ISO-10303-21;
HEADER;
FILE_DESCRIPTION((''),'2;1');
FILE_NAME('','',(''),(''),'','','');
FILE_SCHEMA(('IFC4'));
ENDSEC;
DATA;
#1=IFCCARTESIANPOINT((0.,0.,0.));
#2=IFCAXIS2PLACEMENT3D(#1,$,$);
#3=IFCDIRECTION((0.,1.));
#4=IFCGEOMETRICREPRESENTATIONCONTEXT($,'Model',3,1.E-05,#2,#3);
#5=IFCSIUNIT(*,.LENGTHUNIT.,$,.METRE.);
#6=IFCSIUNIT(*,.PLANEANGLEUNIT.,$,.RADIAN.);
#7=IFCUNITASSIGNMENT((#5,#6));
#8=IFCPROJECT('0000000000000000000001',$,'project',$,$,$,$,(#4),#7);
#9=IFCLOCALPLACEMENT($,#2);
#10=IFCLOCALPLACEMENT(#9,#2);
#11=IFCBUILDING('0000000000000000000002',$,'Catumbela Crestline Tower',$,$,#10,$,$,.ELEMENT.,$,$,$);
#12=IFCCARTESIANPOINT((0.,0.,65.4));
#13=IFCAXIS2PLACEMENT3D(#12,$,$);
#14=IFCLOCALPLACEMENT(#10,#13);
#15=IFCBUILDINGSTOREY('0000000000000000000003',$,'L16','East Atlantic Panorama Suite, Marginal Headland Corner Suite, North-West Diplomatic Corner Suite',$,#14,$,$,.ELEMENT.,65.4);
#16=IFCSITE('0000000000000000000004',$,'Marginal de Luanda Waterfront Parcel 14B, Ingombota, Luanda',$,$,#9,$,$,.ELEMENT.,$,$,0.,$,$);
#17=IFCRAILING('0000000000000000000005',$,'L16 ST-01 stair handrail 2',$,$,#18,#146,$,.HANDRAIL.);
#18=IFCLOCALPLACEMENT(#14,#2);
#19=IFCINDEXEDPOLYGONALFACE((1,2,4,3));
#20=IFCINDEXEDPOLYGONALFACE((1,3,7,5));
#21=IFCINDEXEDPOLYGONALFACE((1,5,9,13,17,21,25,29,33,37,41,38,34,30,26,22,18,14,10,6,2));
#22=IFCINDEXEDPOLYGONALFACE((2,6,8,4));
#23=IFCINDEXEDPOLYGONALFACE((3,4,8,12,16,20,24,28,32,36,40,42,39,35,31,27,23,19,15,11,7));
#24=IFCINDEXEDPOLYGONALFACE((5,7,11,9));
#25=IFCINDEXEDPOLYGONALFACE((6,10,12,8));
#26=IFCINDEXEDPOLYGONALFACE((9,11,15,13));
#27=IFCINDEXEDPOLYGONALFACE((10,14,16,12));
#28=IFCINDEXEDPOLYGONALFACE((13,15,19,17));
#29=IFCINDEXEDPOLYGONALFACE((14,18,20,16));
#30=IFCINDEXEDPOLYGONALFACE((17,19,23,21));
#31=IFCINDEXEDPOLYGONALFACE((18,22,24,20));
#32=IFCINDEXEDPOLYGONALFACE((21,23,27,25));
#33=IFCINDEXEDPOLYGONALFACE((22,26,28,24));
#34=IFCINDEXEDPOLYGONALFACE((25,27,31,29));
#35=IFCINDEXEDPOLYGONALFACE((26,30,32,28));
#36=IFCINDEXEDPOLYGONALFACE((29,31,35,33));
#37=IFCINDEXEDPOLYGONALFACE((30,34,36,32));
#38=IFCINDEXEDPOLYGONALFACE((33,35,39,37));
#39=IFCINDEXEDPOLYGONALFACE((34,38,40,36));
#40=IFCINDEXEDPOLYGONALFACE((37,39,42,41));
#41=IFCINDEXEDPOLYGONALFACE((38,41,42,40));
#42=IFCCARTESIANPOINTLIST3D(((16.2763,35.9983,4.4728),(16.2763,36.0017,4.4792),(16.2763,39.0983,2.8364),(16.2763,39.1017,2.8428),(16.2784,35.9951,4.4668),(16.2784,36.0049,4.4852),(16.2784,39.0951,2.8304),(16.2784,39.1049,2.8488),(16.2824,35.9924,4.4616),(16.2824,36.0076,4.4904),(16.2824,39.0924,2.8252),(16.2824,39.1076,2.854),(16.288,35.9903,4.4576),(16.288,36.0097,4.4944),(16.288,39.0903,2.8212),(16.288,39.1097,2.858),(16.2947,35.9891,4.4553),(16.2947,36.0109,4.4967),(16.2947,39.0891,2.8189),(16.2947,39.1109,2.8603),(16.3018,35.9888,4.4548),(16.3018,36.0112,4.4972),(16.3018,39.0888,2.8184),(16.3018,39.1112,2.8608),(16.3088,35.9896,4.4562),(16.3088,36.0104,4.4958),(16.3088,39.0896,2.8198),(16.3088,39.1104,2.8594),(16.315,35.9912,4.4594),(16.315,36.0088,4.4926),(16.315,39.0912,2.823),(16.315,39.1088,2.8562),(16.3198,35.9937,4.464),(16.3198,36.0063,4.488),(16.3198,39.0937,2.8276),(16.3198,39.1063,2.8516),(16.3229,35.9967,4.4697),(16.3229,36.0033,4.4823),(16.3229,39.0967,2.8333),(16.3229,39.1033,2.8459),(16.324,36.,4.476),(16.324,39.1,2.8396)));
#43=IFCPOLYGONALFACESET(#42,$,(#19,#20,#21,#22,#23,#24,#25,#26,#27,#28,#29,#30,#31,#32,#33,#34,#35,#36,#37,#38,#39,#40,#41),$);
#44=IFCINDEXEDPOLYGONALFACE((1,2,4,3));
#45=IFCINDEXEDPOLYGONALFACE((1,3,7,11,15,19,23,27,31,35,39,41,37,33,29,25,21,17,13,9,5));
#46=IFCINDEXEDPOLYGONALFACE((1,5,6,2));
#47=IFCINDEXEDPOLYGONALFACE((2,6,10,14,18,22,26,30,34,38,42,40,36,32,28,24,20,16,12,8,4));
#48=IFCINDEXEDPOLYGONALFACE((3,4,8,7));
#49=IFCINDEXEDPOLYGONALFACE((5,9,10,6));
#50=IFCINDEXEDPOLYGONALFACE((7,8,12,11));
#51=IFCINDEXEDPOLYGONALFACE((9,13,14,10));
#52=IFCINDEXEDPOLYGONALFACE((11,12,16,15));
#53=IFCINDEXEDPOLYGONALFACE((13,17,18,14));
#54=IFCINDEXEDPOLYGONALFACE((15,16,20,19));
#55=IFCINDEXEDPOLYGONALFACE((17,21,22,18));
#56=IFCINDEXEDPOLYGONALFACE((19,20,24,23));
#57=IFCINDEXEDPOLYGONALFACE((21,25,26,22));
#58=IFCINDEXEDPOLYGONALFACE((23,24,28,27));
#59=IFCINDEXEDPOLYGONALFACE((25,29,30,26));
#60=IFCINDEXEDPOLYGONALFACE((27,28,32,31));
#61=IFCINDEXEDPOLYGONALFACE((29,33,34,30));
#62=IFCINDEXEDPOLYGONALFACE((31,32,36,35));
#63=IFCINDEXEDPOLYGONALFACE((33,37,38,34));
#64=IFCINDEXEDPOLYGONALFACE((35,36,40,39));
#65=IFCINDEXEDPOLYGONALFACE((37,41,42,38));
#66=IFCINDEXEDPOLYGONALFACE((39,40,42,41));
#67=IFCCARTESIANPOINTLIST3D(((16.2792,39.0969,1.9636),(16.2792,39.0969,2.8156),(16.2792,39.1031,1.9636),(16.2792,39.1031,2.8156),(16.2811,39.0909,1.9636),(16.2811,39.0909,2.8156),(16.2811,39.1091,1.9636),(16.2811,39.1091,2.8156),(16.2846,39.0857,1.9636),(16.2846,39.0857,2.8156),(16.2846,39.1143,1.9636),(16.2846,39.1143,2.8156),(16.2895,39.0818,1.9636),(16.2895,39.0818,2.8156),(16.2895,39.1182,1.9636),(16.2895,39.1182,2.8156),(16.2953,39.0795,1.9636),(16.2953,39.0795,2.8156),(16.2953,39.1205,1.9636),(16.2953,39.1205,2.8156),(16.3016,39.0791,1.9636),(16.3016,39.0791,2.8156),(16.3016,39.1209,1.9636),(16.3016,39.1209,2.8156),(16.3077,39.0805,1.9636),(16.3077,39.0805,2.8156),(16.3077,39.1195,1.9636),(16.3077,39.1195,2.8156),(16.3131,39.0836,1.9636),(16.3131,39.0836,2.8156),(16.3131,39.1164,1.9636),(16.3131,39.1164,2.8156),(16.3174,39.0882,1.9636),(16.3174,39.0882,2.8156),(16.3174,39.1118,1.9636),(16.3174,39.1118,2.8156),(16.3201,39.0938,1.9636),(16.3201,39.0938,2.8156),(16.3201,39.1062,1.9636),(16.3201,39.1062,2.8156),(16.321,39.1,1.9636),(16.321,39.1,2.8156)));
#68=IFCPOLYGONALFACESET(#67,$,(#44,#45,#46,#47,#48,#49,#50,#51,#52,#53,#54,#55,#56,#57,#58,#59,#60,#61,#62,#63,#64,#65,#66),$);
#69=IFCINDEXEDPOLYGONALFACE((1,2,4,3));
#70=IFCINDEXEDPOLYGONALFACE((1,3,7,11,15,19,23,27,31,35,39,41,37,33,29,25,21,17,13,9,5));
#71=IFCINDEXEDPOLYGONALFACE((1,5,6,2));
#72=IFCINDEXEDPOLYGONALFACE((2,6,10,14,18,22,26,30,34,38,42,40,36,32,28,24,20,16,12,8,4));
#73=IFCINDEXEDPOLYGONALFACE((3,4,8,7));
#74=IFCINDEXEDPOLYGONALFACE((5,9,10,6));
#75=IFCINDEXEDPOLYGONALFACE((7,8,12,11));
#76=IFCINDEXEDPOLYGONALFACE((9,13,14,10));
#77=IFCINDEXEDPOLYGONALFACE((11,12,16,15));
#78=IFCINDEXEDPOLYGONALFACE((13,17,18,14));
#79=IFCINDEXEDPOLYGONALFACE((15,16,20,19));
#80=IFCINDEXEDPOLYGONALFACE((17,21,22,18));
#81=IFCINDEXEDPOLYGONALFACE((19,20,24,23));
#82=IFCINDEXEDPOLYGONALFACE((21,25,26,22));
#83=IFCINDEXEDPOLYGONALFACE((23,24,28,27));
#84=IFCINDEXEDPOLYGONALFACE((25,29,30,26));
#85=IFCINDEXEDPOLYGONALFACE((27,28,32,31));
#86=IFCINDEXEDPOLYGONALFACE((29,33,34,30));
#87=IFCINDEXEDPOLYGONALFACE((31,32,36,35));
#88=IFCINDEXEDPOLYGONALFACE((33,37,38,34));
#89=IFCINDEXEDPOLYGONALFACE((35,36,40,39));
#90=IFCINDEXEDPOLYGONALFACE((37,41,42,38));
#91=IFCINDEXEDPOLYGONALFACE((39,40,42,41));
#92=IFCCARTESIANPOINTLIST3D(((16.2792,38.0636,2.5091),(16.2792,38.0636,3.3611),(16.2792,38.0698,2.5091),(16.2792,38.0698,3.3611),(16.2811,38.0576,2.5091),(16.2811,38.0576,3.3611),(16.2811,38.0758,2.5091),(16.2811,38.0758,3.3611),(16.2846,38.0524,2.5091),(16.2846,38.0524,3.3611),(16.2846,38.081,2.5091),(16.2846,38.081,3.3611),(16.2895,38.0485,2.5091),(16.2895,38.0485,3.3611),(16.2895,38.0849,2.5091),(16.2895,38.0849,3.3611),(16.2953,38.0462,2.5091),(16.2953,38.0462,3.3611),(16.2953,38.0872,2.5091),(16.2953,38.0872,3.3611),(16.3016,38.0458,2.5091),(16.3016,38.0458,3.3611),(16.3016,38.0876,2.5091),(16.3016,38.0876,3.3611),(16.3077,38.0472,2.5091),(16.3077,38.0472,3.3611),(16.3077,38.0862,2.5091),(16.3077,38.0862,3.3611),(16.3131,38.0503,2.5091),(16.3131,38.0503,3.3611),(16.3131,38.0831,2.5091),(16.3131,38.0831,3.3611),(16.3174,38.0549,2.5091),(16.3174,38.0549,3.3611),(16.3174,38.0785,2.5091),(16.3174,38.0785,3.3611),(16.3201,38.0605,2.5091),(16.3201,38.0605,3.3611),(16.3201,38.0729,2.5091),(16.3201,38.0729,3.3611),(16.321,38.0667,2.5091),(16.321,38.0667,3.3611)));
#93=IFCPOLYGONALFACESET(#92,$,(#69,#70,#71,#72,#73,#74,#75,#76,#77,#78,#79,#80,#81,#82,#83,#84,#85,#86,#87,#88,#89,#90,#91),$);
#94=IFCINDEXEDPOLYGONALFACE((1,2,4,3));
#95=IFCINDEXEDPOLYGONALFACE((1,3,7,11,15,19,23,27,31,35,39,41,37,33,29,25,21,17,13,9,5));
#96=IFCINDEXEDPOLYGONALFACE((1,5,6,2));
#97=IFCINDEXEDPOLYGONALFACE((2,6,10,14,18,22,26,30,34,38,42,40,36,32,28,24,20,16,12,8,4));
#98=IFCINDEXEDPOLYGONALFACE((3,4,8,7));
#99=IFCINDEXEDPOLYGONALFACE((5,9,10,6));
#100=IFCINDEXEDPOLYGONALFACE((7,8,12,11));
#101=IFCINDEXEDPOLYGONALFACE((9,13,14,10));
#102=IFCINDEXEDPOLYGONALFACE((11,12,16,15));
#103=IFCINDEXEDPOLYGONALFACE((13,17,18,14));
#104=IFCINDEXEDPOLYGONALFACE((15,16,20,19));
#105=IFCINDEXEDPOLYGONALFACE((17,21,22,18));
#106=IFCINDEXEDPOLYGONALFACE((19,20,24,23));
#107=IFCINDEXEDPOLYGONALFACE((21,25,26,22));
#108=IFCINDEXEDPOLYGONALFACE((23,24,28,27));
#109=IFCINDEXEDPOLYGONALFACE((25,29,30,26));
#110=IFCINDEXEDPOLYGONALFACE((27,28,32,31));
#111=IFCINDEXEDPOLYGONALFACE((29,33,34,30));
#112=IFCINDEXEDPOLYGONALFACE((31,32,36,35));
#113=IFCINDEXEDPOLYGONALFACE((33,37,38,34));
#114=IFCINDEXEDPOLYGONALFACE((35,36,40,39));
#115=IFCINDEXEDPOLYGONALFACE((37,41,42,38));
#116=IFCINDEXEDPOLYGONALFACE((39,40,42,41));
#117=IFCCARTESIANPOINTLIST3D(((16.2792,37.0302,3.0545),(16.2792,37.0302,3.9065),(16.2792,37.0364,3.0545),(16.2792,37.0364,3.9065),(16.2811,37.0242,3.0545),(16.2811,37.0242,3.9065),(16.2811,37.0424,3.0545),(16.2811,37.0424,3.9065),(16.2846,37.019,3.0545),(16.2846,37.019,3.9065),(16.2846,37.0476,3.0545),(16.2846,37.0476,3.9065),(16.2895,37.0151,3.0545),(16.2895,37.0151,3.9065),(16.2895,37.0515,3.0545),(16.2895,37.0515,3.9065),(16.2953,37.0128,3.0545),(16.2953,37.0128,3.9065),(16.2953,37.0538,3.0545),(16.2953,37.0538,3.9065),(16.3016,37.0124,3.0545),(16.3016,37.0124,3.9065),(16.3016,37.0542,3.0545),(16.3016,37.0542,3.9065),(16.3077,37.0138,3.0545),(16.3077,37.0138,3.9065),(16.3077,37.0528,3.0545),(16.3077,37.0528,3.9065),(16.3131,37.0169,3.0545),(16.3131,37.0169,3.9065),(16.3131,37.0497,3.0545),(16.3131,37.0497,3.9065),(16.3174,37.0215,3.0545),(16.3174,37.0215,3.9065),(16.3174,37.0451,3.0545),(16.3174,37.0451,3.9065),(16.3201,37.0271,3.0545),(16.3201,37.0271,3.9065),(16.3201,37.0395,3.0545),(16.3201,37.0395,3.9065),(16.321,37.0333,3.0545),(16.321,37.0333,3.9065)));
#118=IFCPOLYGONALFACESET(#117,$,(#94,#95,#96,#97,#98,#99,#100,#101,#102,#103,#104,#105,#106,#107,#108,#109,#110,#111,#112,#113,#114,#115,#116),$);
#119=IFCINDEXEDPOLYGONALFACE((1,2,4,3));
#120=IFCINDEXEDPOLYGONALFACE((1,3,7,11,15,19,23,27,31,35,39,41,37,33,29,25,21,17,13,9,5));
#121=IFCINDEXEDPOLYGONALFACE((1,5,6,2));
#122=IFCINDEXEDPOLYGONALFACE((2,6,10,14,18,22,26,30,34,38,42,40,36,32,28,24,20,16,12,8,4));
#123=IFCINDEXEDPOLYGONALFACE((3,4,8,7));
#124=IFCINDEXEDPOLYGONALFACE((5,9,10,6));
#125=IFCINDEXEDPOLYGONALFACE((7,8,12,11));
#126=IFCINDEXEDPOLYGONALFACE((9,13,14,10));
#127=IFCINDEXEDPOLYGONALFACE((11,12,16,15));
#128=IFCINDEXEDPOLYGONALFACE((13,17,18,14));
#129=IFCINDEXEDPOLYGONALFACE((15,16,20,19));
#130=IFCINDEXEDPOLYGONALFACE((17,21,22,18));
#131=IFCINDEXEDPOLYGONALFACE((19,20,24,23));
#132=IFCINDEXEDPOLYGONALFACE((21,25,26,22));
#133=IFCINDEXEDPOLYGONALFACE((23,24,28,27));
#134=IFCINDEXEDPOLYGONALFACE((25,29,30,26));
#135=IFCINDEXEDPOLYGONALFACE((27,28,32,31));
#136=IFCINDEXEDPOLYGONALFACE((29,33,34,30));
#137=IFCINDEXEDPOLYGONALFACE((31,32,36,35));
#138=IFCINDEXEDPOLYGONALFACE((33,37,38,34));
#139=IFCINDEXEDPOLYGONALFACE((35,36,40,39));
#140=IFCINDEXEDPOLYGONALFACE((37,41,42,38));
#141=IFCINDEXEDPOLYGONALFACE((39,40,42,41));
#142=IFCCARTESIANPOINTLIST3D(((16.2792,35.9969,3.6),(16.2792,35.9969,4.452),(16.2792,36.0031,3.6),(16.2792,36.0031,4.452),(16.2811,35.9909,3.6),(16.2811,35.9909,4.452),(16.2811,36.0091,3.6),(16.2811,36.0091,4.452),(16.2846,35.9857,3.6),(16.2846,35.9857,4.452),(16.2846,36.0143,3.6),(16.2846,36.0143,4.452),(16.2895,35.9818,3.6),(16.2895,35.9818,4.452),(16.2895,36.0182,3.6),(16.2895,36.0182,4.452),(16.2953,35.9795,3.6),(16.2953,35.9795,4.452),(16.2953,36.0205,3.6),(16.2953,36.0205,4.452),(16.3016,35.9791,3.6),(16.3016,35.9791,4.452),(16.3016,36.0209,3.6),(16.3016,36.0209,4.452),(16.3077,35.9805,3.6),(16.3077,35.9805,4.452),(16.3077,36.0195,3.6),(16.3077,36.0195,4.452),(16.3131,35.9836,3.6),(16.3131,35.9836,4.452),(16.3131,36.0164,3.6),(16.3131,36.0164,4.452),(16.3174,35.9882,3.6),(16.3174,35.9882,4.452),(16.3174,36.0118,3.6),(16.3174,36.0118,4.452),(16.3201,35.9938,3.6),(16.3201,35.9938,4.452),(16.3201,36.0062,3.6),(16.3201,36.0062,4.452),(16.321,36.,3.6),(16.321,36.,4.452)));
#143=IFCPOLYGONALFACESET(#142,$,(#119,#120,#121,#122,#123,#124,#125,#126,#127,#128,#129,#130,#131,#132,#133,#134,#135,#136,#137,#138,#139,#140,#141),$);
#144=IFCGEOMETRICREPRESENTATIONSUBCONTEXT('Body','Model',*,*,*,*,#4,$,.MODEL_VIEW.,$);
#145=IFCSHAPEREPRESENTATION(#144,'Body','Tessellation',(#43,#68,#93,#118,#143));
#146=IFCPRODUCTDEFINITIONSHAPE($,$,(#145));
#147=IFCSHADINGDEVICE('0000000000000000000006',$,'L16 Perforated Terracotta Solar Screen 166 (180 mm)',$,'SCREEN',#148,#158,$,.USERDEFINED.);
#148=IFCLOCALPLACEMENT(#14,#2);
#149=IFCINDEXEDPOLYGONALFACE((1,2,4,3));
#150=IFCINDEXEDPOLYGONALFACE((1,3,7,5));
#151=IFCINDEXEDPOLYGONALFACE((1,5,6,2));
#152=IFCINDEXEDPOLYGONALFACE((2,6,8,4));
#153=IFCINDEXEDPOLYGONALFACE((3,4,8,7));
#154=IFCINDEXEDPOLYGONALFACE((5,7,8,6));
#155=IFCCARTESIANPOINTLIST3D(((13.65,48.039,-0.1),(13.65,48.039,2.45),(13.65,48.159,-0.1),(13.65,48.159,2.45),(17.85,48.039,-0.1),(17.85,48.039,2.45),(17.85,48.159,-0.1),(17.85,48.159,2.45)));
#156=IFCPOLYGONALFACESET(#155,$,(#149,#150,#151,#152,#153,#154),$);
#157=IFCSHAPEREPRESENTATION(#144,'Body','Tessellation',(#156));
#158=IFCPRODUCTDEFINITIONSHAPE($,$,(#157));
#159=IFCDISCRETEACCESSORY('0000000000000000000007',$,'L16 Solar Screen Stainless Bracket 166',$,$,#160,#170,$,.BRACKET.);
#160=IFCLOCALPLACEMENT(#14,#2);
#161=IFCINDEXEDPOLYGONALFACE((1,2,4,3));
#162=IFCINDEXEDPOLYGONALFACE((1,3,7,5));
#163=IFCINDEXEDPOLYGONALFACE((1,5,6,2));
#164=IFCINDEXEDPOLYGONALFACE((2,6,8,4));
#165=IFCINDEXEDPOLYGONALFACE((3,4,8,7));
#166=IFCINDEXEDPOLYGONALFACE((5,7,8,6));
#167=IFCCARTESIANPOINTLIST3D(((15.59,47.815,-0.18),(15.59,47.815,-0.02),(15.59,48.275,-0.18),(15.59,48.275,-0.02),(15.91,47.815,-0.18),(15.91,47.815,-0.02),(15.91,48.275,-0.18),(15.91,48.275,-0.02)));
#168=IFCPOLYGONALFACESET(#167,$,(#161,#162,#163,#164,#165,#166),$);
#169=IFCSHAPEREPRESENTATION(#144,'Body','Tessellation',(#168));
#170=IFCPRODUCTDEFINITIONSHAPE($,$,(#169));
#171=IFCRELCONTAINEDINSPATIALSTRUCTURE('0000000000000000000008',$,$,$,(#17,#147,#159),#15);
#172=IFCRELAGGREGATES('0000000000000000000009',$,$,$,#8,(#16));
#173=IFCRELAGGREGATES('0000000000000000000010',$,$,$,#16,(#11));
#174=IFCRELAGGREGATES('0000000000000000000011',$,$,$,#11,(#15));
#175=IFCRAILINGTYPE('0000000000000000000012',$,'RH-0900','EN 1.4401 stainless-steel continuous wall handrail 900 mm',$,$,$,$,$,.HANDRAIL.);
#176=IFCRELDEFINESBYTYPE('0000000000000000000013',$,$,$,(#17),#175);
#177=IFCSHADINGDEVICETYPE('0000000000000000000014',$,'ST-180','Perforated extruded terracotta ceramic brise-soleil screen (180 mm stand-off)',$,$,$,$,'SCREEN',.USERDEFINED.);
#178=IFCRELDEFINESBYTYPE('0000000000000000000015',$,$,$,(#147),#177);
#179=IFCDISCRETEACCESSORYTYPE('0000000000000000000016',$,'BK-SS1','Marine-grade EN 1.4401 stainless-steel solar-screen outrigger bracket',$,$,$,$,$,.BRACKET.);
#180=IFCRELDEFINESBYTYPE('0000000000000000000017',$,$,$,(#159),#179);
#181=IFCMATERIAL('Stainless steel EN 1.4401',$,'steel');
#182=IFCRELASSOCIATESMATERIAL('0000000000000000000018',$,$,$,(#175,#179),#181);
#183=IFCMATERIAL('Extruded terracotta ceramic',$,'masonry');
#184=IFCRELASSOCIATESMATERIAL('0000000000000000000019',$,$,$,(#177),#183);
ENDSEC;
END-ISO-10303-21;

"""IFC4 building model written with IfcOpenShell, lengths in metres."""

from ifc_helpers import new_model, si_unit, direction, frame, origin, origin_2d, place, context, subcontext, project, spatial, rectangle, circle, extrude, material, type_object, element, save


model = new_model("IFC4")

# Units and contexts
model_context = context("Model", 3, precision=1e-05, world=origin(), true_north=direction((0.0, 1.0)))
body_context = subcontext(model_context, "Body", "Model", "MODEL_VIEW")
ifc_project = project(units=[si_unit("LENGTHUNIT", "METRE"), si_unit("PLANEANGLEUNIT", "RADIAN")], contexts=[model_context])

# Site, building, storey
site_placement = place(None, origin())
site = spatial("IfcSite", under=ifc_project, at=site_placement, Name="Marginal de Luanda Waterfront Parcel 14B, Ingombota, Luanda", CompositionType="ELEMENT", RefElevation=0.0)
building_placement = place(site_placement, origin())
building = spatial("IfcBuilding", under=site, at=building_placement, Name="Catumbela Crestline Tower", CompositionType="ELEMENT")
storey_placement = place(building_placement, frame((0.0, 0.0, 65.4)))
storey = spatial("IfcBuildingStorey", under=building, at=storey_placement, Name="L16", Description="East Atlantic Panorama Suite, Marginal Headland Corner Suite, North-West Diplomatic Corner Suite", CompositionType="ELEMENT", Elevation=65.4)

# Railing
ifc_material_1 = material(Name="Stainless steel EN 1.4401", Category="steel")
railing_type_1 = type_object("IfcRailingType", Name="RH-0900", Description="EN 1.4401 stainless-steel continuous wall handrail 900 mm", PredefinedType="HANDRAIL", material=ifc_material_1)
railing_1_placement = place(storey_placement, frame((16.3, 39.1, 1.9636)))
element("IfcRailing", 1, at=railing_1_placement, inside=storey, type_object=railing_type_1, Name="L16 ST-01 stair handrail 2", PredefinedType="HANDRAIL", context=body_context, shape_type="SweptSolid", body=[
    extrude(circle(Radius=0.024, at=origin_2d()), frame((0.0, 0.0, 0.876), z_axis=(0.0, -0.884351, 0.466823), x_axis=(1.0, 0.0, 0.0)), (0.0, 0.0, 1.0), 3.5054),
    extrude(circle(Radius=0.021, at=origin_2d()), origin(), (0.0, 0.0, 1.0), 0.852),
    extrude(circle(Radius=0.021, at=origin_2d()), frame((0.0, -1.0333, 0.5455)), (0.0, 0.0, 1.0), 0.852),
    extrude(circle(Radius=0.021, at=origin_2d()), frame((0.0, -2.0667, 1.0909)), (0.0, 0.0, 1.0), 0.852),
    extrude(circle(Radius=0.021, at=origin_2d()), frame((0.0, -3.1, 1.6364)), (0.0, 0.0, 1.0), 0.852),
])

# Shading device
ifc_material_2 = material(Name="Extruded terracotta ceramic", Category="masonry")
shading_device_type = type_object("IfcShadingDeviceType", Name="ST-180", Description="Perforated extruded terracotta ceramic brise-soleil screen (180 mm stand-off)", ElementType="SCREEN", PredefinedType="USERDEFINED", material=ifc_material_2)
shading_device_placement = place(storey_placement, frame((15.75, 48.099, -0.1), z_axis=(0.0, 0.0, 1.0), x_axis=(-1.0, 0.0, 0.0)))
element("IfcShadingDevice", 2, at=shading_device_placement, inside=storey, type_object=shading_device_type, Name="L16 Perforated Terracotta Solar Screen 166 (180 mm)", ObjectType="SCREEN", PredefinedType="USERDEFINED", context=body_context, shape_type="SweptSolid", body=[
    extrude(rectangle(XDim=4.2, YDim=0.12, at=origin_2d()), origin(), (0.0, 0.0, 1.0), 2.55),
])

# Discrete accessory
discrete_accessory_type = type_object("IfcDiscreteAccessoryType", Name="BK-SS1", Description="Marine-grade EN 1.4401 stainless-steel solar-screen outrigger bracket", PredefinedType="BRACKET", material=ifc_material_1)
discrete_accessory_placement = place(storey_placement, frame((15.75, 48.045, -0.18), z_axis=(0.0, 0.0, 1.0), x_axis=(-1.0, 0.0, 0.0)))
element("IfcDiscreteAccessory", 3, at=discrete_accessory_placement, inside=storey, type_object=discrete_accessory_type, Name="L16 Solar Screen Stainless Bracket 166", PredefinedType="BRACKET", context=body_context, shape_type="SweptSolid", body=[
    extrude(rectangle(XDim=0.32, YDim=0.46, at=origin_2d()), origin(), (0.0, 0.0, 1.0), 0.16),
])

save(model, "model.ifc")
